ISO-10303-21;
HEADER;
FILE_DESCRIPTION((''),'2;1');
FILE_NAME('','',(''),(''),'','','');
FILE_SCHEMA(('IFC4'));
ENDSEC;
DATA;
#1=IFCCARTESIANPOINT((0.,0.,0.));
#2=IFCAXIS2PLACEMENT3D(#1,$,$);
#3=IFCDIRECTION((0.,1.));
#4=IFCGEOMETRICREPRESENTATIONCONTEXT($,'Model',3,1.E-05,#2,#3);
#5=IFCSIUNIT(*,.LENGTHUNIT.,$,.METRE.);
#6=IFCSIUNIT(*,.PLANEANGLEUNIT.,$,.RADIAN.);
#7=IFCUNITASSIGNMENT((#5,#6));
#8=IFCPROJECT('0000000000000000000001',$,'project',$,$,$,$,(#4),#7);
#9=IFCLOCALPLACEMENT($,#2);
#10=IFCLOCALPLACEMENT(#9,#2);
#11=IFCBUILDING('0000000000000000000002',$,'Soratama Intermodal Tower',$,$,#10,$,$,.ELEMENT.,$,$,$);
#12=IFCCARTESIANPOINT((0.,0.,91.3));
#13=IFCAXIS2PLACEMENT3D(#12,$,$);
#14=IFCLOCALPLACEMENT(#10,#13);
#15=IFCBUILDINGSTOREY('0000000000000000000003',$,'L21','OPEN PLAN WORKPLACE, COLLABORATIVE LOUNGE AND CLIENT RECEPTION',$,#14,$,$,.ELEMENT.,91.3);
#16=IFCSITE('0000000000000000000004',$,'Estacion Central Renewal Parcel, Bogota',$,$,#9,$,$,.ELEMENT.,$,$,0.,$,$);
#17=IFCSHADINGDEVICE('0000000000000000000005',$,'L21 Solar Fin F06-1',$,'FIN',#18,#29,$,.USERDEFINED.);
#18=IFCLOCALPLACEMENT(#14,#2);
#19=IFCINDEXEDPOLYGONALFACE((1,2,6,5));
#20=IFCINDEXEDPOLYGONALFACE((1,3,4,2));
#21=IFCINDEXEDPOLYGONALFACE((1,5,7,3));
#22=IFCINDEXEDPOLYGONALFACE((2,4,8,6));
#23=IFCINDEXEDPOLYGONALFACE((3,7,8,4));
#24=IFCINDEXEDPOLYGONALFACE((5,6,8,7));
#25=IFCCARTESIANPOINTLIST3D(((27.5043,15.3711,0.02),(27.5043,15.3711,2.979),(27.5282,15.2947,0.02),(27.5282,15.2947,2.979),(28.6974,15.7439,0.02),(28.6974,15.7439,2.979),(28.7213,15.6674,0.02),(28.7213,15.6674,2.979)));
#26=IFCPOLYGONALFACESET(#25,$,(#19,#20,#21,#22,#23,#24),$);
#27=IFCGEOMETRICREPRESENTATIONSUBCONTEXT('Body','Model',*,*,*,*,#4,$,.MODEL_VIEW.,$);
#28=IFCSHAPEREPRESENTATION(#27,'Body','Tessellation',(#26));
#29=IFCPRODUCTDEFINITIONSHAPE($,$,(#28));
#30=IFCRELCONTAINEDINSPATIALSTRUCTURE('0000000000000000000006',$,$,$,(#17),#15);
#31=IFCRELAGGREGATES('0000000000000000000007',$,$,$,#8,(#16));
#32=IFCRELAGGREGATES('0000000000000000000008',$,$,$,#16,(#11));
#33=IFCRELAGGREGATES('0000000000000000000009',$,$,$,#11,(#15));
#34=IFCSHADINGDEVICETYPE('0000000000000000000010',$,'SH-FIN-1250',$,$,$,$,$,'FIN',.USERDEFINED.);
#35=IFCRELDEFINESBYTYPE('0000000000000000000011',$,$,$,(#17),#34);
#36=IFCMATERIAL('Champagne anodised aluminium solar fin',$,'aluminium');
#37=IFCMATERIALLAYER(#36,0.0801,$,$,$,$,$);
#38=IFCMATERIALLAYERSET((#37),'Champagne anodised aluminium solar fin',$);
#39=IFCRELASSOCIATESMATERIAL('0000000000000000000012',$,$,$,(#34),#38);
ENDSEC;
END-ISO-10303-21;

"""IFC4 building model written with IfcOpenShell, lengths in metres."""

from ifc_helpers import new_model, si_unit, direction, frame, origin, origin_2d, place, context, subcontext, project, spatial, rectangle, extrude, material, layer, layer_set, type_object, element, save


model = new_model("IFC4")

# Units and contexts
model_context = context("Model", 3, precision=1e-05, world=origin(), true_north=direction((0.0, 1.0)))
body_context = subcontext(model_context, "Body", "Model", "MODEL_VIEW")
ifc_project = project(units=[si_unit("LENGTHUNIT", "METRE"), si_unit("PLANEANGLEUNIT", "RADIAN")], contexts=[model_context])

# Site, building, storey
site_placement = place(None, origin())
site = spatial("IfcSite", under=ifc_project, at=site_placement, Name="Estacion Central Renewal Parcel, Bogota", CompositionType="ELEMENT", RefElevation=0.0)
building_placement = place(site_placement, origin())
building = spatial("IfcBuilding", under=site, at=building_placement, Name="Soratama Intermodal Tower", CompositionType="ELEMENT")
storey_placement = place(building_placement, frame((0.0, 0.0, 91.3)))
storey = spatial("IfcBuildingStorey", under=building, at=storey_placement, Name="L21", Description="OPEN PLAN WORKPLACE, COLLABORATIVE LOUNGE AND CLIENT RECEPTION", CompositionType="ELEMENT", Elevation=91.3)

# Shading device
ifc_material_1 = material(Name="Champagne anodised aluminium solar fin", Category="aluminium")
ifc_layer_1 = layer(ifc_material_1, 0.0801)
ifc_layer_set_1 = layer_set([ifc_layer_1], Name="Champagne anodised aluminium solar fin")
shading_device_type = type_object("IfcShadingDeviceType", Name="SH-FIN-1250", ElementType="FIN", PredefinedType="USERDEFINED", material=ifc_layer_set_1)
shading_device_placement = place(storey_placement, frame((28.1128, 15.5193, 0.02), z_axis=(0.0, 0.0, 1.0), x_axis=(-0.954501, -0.298208, 0.0)))
element("IfcShadingDevice", 1, at=shading_device_placement, inside=storey, type_object=shading_device_type, Name="L21 Solar Fin F06-1", ObjectType="FIN", PredefinedType="USERDEFINED", context=body_context, shape_type="SweptSolid", body=[
    extrude(rectangle(XDim=1.25, YDim=0.0801, at=origin_2d()), origin(), (0.0, 0.0, 1.0), 2.959),
])

save(model, "model.ifc")
